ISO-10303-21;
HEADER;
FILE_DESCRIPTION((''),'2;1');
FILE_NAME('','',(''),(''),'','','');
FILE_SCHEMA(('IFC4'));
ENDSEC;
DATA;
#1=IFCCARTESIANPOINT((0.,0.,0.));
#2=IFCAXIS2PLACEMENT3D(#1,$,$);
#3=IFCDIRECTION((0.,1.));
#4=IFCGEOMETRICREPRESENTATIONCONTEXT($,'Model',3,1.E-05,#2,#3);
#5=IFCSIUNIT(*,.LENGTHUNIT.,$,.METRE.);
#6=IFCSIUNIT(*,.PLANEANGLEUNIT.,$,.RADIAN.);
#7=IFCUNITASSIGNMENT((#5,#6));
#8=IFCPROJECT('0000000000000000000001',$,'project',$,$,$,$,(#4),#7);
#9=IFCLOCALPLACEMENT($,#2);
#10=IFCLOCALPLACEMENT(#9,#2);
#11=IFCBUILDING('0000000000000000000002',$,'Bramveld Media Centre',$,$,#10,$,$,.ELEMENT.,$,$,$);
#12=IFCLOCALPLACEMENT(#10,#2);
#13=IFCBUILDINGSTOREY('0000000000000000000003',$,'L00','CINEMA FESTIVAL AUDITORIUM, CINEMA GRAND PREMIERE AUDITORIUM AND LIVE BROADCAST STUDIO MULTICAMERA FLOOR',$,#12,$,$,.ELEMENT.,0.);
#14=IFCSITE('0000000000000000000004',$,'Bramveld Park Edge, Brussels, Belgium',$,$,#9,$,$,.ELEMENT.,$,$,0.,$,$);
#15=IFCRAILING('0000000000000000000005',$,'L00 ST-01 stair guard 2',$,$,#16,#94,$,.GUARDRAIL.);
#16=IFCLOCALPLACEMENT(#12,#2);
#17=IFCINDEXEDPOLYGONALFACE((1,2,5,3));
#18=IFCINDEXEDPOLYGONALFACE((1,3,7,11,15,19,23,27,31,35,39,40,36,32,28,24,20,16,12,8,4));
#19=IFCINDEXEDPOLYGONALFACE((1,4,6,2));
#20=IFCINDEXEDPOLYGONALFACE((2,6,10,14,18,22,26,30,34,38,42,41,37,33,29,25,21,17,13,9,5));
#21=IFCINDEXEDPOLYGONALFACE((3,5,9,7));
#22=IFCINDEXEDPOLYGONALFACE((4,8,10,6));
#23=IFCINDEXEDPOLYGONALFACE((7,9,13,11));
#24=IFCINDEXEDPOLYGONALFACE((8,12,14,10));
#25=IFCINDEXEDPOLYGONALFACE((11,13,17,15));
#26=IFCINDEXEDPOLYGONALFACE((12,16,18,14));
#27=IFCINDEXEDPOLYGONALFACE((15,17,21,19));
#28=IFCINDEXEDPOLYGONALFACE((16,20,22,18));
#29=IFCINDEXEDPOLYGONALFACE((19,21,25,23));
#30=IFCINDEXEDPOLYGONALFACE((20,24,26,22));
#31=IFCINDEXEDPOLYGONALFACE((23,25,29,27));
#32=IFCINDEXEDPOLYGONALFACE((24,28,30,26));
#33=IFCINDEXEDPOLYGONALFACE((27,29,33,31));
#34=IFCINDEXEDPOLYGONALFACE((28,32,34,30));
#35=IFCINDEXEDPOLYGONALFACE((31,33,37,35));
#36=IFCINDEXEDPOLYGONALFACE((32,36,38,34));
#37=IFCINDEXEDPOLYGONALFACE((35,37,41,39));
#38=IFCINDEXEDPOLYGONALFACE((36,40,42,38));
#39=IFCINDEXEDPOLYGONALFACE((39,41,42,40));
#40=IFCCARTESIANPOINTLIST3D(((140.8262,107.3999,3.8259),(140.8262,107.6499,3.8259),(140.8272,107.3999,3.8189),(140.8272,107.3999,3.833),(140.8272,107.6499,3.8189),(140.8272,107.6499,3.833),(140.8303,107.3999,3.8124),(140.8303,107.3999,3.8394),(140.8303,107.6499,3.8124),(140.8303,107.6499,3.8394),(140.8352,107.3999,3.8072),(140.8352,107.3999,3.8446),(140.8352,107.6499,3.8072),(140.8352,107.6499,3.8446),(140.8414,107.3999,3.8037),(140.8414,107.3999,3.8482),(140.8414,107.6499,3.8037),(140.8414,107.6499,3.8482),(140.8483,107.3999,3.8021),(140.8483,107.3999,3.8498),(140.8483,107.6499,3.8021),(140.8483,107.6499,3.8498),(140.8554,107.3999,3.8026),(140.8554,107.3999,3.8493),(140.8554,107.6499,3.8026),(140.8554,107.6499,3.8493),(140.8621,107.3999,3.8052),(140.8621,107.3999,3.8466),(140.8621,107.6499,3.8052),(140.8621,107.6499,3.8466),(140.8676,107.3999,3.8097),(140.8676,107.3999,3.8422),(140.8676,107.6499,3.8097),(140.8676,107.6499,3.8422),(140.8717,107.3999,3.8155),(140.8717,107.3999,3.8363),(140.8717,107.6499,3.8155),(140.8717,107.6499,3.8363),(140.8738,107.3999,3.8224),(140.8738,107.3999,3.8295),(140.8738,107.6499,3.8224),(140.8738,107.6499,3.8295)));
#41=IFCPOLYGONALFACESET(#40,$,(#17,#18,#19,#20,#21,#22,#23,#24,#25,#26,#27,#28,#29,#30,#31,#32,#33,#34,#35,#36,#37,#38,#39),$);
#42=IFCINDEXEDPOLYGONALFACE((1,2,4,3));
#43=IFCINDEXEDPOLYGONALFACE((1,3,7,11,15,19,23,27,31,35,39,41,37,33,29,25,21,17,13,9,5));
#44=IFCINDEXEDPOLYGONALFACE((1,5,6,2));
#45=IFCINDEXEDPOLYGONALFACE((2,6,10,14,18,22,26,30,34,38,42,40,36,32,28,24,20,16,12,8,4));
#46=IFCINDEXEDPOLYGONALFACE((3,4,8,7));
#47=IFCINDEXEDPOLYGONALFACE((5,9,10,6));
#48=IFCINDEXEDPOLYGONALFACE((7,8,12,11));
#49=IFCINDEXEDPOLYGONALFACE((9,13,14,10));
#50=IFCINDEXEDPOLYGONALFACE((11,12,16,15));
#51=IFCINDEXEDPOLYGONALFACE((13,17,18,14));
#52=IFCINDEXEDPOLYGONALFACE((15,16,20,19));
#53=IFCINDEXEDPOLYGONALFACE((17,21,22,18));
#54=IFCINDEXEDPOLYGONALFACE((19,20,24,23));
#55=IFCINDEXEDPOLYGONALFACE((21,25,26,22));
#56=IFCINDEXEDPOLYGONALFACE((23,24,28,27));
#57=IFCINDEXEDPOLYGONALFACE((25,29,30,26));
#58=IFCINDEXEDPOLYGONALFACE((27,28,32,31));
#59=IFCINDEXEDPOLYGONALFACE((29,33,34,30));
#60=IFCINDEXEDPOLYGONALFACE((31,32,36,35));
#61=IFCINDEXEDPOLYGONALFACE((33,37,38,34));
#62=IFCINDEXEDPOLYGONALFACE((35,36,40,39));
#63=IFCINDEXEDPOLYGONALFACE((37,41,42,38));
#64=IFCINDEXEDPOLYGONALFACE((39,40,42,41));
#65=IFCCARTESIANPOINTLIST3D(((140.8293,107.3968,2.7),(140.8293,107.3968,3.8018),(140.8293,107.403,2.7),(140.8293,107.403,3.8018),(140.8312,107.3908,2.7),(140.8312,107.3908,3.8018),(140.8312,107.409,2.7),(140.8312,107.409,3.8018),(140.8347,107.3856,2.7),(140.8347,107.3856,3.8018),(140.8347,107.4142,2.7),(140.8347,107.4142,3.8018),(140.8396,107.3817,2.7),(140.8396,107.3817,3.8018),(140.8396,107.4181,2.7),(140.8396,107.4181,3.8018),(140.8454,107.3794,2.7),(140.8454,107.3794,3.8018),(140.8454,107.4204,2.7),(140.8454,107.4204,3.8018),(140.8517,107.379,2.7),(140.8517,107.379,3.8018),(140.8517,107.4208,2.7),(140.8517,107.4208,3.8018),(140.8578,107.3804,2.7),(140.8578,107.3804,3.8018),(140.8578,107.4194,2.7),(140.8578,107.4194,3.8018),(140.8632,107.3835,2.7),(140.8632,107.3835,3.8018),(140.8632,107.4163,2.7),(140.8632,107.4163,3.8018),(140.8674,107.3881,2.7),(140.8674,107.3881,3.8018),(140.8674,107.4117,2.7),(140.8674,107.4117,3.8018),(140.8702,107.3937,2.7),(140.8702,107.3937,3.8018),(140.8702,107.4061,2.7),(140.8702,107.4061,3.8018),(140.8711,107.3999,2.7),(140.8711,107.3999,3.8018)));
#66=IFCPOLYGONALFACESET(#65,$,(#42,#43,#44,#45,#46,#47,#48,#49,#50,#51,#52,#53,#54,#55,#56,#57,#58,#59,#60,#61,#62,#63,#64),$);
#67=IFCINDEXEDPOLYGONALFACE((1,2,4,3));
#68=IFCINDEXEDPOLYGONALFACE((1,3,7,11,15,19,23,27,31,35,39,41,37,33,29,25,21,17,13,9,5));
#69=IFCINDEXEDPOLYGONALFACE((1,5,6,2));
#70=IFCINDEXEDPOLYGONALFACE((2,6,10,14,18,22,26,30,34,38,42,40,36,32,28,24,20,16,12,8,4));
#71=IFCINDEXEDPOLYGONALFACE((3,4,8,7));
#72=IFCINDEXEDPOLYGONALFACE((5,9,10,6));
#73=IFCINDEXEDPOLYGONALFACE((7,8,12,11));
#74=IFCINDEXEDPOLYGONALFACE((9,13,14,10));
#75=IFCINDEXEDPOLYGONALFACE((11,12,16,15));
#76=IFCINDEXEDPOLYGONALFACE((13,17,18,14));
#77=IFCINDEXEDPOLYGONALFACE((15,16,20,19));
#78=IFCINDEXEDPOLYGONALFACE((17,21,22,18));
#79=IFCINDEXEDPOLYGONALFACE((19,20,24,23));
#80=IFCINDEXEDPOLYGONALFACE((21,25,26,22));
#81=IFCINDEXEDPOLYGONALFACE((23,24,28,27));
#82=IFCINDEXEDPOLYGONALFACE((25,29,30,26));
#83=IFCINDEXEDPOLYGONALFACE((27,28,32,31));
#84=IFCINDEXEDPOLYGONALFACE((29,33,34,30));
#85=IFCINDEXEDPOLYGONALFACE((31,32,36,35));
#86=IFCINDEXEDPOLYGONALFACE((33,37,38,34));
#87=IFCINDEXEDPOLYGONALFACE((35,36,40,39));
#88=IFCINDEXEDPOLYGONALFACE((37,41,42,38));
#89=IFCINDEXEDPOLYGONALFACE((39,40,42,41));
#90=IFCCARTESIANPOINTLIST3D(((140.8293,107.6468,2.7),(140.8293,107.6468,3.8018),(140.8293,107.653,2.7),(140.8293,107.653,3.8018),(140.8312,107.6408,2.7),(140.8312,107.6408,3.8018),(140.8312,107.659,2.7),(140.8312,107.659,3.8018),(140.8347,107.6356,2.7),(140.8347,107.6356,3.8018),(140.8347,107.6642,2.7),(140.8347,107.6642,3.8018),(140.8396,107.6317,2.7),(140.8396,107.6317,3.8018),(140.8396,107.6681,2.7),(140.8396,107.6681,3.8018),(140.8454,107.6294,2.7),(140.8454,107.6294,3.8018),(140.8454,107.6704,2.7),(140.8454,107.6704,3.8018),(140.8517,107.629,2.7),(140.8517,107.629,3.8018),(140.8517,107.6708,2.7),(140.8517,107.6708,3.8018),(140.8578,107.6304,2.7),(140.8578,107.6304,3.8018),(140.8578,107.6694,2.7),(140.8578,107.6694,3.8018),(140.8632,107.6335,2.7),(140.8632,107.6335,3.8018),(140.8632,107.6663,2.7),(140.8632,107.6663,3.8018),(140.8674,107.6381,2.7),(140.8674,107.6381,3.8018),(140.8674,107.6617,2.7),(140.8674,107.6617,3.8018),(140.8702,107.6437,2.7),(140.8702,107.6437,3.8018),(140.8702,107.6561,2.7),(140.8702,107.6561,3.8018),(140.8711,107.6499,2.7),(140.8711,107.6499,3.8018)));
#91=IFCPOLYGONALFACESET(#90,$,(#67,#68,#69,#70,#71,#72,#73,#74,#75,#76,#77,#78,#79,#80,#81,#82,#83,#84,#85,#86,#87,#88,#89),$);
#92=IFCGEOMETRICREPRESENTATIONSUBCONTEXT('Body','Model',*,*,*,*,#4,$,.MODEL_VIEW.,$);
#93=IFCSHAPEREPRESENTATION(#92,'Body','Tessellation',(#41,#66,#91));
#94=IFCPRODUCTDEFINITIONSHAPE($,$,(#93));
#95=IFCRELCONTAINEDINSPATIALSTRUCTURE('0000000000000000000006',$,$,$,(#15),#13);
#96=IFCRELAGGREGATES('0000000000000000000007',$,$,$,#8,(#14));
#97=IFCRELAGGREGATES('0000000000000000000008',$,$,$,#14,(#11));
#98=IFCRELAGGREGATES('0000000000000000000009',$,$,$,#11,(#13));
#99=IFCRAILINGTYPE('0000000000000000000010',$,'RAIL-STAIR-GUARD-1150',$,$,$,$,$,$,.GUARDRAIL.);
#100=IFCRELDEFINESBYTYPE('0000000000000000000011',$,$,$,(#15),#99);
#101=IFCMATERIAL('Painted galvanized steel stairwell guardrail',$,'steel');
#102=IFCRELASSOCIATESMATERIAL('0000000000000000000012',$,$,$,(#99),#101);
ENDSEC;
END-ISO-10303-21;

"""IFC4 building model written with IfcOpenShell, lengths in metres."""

from ifc_helpers import new_model, si_unit, direction, frame, origin, origin_2d, place, context, subcontext, project, spatial, circle, extrude, material, type_object, element, save


model = new_model("IFC4")

# Units and contexts
model_context = context("Model", 3, precision=1e-05, world=origin(), true_north=direction((0.0, 1.0)))
body_context = subcontext(model_context, "Body", "Model", "MODEL_VIEW")
ifc_project = project(units=[si_unit("LENGTHUNIT", "METRE"), si_unit("PLANEANGLEUNIT", "RADIAN")], contexts=[model_context])

# Site, building, storey
site_placement = place(None, origin())
site = spatial("IfcSite", under=ifc_project, at=site_placement, Name="Bramveld Park Edge, Brussels, Belgium", CompositionType="ELEMENT", RefElevation=0.0)
building_placement = place(site_placement, origin())
building = spatial("IfcBuilding", under=site, at=building_placement, Name="Bramveld Media Centre", CompositionType="ELEMENT")
storey_placement = place(building_placement, origin())
storey = spatial("IfcBuildingStorey", under=building, at=storey_placement, Name="L00", Description="CINEMA FESTIVAL AUDITORIUM, CINEMA GRAND PREMIERE AUDITORIUM AND LIVE BROADCAST STUDIO MULTICAMERA FLOOR", CompositionType="ELEMENT", Elevation=0.0)

# Railing
ifc_material_1 = material(Name="Painted galvanized steel stairwell guardrail", Category="steel")
railing_type_1 = type_object("IfcRailingType", Name="RAIL-STAIR-GUARD-1150", PredefinedType="GUARDRAIL", material=ifc_material_1)
railing_1_placement = place(storey_placement, frame((140.8501, 107.3999, 2.7)))
element("IfcRailing", 1, at=railing_1_placement, inside=storey, type_object=railing_type_1, Name="L00 ST-01 stair guard 2", PredefinedType="GUARDRAIL", context=body_context, shape_type="SweptSolid", body=[
    extrude(circle(Radius=0.0239, at=origin_2d()), frame((0.0, 0.0, 1.126), z_axis=(0.0, 1.0, 0.0), x_axis=(-1.0, 0.0, 0.0)), (0.0, 0.0, 1.0), 0.25),
    extrude(circle(Radius=0.021, at=origin_2d()), origin(), (0.0, 0.0, 1.0), 1.1018),
    extrude(circle(Radius=0.021, at=origin_2d()), frame((0.0, 0.25, 0.0)), (0.0, 0.0, 1.0), 1.1018),
])

save(model, "model.ifc")
